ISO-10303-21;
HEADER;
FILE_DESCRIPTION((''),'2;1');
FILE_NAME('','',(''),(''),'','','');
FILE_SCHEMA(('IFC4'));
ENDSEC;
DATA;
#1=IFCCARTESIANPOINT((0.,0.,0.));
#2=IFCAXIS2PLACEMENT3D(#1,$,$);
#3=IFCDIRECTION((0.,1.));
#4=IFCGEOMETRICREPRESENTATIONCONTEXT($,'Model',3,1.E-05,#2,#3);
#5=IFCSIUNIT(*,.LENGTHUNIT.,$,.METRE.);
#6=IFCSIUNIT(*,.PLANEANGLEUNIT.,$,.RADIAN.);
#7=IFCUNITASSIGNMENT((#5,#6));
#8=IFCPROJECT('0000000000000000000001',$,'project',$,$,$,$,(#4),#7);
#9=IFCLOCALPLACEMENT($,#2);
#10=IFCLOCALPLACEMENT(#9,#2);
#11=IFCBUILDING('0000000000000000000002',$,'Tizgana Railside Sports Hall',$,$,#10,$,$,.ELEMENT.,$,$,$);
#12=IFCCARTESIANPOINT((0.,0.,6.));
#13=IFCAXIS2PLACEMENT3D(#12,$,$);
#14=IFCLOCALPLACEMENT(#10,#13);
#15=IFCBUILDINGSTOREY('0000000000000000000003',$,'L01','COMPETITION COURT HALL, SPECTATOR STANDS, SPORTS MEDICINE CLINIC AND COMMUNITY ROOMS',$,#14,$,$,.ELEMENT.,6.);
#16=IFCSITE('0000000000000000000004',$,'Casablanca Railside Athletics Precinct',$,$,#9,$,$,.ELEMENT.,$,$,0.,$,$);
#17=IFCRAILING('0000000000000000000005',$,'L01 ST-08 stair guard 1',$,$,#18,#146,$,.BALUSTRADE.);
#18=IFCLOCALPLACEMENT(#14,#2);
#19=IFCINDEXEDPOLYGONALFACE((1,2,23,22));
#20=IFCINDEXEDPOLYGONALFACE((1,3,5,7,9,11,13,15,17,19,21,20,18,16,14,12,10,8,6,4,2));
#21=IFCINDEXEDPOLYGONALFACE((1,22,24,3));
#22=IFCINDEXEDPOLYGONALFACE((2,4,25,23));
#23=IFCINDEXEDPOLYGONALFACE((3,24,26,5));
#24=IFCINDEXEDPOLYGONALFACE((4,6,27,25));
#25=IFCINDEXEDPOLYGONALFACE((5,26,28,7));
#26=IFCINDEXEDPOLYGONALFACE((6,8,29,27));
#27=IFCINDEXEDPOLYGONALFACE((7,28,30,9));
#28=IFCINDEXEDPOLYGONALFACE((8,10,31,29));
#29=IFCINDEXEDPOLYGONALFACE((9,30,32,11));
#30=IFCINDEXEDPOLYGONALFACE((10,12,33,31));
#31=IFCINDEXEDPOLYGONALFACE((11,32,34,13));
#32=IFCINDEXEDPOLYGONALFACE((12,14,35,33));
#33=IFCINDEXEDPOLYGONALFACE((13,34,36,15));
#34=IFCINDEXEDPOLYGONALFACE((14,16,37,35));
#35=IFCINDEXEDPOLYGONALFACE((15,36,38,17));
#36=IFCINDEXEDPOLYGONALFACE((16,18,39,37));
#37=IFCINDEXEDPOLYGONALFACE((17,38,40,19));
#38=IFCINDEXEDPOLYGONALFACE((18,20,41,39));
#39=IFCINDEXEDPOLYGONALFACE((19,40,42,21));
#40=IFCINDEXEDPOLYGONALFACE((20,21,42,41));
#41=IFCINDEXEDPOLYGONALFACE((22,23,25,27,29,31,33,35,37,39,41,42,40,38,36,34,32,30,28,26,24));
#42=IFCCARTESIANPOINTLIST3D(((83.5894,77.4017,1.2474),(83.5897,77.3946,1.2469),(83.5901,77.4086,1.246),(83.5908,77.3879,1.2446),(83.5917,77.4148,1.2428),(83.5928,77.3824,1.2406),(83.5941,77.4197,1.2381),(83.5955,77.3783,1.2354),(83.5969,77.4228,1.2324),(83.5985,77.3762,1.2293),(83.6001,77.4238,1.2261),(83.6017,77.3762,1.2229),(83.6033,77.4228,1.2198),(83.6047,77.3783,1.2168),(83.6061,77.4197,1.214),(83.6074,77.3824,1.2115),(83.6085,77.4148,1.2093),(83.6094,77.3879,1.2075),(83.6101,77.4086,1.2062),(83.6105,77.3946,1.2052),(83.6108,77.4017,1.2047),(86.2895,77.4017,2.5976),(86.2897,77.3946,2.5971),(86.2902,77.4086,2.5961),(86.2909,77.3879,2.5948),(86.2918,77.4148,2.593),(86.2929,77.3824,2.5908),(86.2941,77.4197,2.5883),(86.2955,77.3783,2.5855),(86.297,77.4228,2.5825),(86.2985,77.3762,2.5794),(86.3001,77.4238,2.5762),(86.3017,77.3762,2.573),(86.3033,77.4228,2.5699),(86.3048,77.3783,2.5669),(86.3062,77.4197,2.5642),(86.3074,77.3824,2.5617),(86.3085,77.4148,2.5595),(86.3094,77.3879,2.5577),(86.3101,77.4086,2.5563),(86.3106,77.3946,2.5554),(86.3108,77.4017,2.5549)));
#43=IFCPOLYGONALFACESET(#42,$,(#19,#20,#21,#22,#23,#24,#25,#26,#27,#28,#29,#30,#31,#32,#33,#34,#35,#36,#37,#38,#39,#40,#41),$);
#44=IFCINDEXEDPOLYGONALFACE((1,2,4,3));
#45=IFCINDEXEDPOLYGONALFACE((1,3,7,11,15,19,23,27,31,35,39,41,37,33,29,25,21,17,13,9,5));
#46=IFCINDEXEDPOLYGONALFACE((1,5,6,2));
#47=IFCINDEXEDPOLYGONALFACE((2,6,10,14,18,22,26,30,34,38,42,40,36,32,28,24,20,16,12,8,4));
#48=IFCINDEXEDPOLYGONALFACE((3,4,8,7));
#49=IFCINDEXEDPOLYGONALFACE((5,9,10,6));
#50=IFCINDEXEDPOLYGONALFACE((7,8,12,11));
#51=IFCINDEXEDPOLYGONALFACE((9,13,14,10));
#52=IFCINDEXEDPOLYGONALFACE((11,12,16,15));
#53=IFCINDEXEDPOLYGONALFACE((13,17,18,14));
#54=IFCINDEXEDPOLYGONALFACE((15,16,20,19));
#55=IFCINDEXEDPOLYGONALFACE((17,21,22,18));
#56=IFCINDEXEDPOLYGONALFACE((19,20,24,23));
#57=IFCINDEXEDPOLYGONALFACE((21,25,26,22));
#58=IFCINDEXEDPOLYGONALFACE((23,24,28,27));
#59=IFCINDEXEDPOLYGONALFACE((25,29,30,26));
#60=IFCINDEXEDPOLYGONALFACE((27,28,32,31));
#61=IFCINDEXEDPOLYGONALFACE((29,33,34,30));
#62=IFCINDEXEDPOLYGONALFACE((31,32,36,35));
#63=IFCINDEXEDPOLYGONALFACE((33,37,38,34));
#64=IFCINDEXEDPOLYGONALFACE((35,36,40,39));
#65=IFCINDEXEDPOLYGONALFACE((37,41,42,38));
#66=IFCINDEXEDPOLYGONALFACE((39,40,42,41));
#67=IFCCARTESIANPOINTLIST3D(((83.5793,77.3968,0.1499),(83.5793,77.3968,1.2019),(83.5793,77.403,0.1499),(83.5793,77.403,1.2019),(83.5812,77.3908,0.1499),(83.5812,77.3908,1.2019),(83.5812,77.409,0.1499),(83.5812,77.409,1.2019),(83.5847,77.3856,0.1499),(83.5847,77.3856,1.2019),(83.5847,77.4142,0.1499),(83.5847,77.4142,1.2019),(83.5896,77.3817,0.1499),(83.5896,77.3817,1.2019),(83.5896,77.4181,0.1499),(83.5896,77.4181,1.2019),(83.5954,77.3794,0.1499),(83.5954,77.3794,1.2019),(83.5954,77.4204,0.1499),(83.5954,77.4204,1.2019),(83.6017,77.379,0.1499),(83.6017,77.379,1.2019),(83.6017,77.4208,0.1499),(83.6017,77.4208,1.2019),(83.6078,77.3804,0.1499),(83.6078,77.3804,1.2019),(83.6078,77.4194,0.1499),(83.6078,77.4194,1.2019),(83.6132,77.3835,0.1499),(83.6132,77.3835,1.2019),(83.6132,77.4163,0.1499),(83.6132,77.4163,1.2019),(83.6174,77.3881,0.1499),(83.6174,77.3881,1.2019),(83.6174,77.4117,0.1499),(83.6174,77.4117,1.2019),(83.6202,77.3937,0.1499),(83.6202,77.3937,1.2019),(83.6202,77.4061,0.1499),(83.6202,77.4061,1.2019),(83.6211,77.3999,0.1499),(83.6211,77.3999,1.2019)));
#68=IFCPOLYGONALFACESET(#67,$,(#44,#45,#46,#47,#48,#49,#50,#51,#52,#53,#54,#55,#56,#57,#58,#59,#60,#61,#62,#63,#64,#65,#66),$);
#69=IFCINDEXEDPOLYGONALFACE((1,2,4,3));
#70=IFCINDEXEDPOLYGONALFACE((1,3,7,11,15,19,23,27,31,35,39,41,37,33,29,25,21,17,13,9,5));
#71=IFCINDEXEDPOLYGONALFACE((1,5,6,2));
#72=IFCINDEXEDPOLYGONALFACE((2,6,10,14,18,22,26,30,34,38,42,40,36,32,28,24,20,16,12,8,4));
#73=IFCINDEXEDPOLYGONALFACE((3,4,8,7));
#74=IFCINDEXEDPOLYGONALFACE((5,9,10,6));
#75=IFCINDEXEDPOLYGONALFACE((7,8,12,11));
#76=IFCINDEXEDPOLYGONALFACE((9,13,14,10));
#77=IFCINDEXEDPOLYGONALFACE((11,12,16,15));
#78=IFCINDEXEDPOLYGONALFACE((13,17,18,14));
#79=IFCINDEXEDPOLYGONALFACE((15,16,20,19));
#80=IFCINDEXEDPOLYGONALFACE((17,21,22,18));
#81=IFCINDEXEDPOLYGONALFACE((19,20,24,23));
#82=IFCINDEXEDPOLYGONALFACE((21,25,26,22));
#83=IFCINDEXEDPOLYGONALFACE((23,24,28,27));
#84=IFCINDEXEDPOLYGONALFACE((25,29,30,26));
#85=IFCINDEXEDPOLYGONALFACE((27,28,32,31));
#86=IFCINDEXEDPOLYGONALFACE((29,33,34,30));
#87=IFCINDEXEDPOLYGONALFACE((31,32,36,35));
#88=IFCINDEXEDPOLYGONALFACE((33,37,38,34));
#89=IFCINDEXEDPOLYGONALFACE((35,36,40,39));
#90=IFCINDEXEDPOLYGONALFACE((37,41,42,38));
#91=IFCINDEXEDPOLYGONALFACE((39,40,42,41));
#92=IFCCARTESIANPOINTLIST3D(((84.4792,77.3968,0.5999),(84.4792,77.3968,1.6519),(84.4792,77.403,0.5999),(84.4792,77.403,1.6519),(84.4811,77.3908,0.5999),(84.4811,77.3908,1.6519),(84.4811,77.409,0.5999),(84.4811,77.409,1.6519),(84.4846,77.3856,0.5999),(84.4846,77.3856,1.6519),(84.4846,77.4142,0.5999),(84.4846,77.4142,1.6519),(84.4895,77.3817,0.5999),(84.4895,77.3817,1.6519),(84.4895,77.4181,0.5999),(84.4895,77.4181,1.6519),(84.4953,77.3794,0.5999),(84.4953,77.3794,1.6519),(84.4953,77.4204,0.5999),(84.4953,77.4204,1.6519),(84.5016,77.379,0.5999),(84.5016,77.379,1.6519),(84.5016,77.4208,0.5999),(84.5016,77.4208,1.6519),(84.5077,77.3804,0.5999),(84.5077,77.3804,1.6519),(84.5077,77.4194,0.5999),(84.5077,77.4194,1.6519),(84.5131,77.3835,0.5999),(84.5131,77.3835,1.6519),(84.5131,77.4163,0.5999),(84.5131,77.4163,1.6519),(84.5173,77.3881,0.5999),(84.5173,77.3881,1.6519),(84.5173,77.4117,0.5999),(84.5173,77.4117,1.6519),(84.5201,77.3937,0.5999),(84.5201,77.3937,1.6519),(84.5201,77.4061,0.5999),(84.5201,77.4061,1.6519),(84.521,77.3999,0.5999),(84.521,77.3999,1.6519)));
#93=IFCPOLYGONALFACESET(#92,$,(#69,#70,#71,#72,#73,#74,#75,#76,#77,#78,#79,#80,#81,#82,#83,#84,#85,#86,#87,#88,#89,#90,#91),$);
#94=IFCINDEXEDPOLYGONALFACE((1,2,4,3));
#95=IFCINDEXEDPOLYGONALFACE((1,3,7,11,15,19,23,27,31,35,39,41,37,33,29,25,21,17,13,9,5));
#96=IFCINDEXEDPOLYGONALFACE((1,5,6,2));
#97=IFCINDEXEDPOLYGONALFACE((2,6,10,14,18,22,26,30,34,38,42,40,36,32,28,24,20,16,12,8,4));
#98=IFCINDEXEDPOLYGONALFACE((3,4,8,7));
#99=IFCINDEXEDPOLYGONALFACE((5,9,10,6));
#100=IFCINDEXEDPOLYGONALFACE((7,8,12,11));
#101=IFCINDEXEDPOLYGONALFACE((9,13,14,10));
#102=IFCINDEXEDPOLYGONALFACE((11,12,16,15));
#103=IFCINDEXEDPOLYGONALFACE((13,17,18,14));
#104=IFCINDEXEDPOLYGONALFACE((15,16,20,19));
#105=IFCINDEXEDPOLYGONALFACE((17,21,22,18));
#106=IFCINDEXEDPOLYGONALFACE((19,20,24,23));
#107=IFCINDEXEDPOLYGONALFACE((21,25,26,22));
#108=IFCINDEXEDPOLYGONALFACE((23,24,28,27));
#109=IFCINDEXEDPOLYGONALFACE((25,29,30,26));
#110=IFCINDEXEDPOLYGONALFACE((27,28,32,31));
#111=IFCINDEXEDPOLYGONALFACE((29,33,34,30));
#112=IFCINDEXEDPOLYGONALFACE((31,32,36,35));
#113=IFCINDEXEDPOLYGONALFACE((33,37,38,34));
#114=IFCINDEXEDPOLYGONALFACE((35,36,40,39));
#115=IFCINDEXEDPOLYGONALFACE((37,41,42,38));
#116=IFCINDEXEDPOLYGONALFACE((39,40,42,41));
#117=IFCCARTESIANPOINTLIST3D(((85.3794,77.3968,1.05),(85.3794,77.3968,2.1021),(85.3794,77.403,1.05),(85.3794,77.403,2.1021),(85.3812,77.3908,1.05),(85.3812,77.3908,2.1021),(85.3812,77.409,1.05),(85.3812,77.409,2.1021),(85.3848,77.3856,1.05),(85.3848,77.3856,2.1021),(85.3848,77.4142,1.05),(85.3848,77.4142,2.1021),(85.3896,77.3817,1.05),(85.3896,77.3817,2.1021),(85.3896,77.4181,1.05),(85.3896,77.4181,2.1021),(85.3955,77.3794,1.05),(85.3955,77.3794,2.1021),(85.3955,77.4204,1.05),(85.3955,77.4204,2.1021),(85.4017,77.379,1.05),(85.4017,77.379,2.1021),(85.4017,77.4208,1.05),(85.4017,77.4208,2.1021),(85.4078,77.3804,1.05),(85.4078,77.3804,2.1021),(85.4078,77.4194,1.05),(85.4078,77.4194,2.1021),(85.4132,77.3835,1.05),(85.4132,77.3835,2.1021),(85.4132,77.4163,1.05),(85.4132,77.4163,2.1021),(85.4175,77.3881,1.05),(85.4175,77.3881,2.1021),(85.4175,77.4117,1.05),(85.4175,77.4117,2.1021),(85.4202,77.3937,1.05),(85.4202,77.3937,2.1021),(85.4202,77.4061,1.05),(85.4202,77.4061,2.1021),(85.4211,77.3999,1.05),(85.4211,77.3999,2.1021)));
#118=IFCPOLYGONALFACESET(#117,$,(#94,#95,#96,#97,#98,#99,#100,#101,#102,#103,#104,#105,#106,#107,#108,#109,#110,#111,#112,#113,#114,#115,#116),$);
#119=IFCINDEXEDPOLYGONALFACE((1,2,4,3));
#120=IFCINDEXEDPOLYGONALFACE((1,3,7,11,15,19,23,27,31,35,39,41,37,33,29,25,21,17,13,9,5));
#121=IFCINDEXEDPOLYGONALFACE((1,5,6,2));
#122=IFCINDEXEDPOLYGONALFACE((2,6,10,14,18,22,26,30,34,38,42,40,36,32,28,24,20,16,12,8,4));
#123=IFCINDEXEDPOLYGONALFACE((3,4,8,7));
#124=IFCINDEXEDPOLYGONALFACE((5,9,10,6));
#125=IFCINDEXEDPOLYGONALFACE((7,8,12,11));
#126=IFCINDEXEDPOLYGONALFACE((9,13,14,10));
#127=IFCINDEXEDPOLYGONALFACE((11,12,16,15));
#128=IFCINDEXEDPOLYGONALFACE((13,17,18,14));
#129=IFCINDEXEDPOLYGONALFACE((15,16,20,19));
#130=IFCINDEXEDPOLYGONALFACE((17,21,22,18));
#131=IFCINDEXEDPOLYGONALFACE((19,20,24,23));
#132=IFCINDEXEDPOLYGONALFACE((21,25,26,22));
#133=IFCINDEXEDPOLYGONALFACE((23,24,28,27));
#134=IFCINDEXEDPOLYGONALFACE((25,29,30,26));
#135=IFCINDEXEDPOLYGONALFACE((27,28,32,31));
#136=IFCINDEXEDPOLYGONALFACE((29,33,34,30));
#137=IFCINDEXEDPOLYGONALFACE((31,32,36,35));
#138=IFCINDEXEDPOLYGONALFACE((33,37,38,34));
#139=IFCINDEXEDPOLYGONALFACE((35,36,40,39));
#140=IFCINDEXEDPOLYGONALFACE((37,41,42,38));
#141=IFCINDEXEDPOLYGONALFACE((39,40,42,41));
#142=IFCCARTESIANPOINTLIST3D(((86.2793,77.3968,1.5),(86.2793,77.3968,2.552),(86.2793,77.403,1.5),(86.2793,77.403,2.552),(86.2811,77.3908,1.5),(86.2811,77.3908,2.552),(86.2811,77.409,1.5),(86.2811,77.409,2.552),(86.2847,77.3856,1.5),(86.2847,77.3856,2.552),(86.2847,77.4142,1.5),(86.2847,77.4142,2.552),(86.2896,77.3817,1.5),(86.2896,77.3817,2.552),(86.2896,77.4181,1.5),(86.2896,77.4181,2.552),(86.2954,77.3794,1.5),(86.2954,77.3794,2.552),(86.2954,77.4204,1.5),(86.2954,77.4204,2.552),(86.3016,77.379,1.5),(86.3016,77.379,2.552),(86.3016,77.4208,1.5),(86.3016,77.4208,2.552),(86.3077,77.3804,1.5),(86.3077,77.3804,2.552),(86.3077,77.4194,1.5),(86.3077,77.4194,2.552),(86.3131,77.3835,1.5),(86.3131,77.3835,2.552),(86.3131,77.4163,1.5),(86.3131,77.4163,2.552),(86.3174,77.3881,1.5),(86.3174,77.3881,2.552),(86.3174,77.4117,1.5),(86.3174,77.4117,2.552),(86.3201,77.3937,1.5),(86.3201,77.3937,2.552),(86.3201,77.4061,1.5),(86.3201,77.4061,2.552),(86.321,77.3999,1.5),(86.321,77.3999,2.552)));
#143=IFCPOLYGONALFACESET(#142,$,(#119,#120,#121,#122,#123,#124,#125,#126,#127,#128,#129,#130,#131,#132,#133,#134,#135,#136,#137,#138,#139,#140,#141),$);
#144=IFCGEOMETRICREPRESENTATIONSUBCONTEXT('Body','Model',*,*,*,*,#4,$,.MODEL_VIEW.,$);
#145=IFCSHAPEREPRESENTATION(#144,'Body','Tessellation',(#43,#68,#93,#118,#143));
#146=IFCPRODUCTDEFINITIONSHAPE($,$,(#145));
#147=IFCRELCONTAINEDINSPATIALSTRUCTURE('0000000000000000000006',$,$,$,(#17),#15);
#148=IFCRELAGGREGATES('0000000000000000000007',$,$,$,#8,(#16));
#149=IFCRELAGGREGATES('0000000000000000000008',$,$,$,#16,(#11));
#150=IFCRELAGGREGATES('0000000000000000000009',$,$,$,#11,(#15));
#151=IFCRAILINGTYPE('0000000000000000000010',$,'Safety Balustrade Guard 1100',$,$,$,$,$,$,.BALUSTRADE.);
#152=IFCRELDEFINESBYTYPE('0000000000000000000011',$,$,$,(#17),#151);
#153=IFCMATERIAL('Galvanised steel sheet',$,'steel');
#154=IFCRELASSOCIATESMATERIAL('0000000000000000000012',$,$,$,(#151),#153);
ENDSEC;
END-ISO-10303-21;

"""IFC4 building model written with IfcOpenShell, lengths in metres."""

from ifc_helpers import new_model, si_unit, direction, frame, origin, origin_2d, place, context, subcontext, project, spatial, circle, extrude, material, type_object, element, save


model = new_model("IFC4")

# Units and contexts
model_context = context("Model", 3, precision=1e-05, world=origin(), true_north=direction((0.0, 1.0)))
body_context = subcontext(model_context, "Body", "Model", "MODEL_VIEW")
ifc_project = project(units=[si_unit("LENGTHUNIT", "METRE"), si_unit("PLANEANGLEUNIT", "RADIAN")], contexts=[model_context])

# Site, building, storey
site_placement = place(None, origin())
site = spatial("IfcSite", under=ifc_project, at=site_placement, Name="Casablanca Railside Athletics Precinct", CompositionType="ELEMENT", RefElevation=0.0)
building_placement = place(site_placement, origin())
building = spatial("IfcBuilding", under=site, at=building_placement, Name="Tizgana Railside Sports Hall", CompositionType="ELEMENT")
storey_placement = place(building_placement, frame((0.0, 0.0, 6.0)))
storey = spatial("IfcBuildingStorey", under=building, at=storey_placement, Name="L01", Description="COMPETITION COURT HALL, SPECTATOR STANDS, SPORTS MEDICINE CLINIC AND COMMUNITY ROOMS", CompositionType="ELEMENT", Elevation=6.0)

# Railing
ifc_material_1 = material(Name="Galvanised steel sheet", Category="steel")
railing_type_1 = type_object("IfcRailingType", Name="Safety Balustrade Guard 1100", PredefinedType="BALUSTRADE", material=ifc_material_1)
railing_1_placement = place(storey_placement, frame((83.6001, 77.3999, 0.1499)))
element("IfcRailing", 1, at=railing_1_placement, inside=storey, type_object=railing_type_1, Name="L01 ST-08 stair guard 1", PredefinedType="BALUSTRADE", context=body_context, shape_type="SweptSolid", body=[
    extrude(circle(Radius=0.0239, at=origin_2d()), frame((0.0, 0.0, 1.0762), z_axis=(0.894411, 0.0, 0.447246), x_axis=(0.0, 1.0, 0.0)), (0.0, 0.0, 1.0), 3.0188),
    extrude(circle(Radius=0.021, at=origin_2d()), origin(), (0.0, 0.0, 1.0), 1.052),
    extrude(circle(Radius=0.021, at=origin_2d()), frame((0.8999, 0.0, 0.45)), (0.0, 0.0, 1.0), 1.052),
    extrude(circle(Radius=0.021, at=origin_2d()), frame((1.8, 0.0, 0.9001)), (0.0, 0.0, 1.0), 1.052),
    extrude(circle(Radius=0.021, at=origin_2d()), frame((2.7, 0.0, 1.3501)), (0.0, 0.0, 1.0), 1.052),
])

save(model, "model.ifc")
